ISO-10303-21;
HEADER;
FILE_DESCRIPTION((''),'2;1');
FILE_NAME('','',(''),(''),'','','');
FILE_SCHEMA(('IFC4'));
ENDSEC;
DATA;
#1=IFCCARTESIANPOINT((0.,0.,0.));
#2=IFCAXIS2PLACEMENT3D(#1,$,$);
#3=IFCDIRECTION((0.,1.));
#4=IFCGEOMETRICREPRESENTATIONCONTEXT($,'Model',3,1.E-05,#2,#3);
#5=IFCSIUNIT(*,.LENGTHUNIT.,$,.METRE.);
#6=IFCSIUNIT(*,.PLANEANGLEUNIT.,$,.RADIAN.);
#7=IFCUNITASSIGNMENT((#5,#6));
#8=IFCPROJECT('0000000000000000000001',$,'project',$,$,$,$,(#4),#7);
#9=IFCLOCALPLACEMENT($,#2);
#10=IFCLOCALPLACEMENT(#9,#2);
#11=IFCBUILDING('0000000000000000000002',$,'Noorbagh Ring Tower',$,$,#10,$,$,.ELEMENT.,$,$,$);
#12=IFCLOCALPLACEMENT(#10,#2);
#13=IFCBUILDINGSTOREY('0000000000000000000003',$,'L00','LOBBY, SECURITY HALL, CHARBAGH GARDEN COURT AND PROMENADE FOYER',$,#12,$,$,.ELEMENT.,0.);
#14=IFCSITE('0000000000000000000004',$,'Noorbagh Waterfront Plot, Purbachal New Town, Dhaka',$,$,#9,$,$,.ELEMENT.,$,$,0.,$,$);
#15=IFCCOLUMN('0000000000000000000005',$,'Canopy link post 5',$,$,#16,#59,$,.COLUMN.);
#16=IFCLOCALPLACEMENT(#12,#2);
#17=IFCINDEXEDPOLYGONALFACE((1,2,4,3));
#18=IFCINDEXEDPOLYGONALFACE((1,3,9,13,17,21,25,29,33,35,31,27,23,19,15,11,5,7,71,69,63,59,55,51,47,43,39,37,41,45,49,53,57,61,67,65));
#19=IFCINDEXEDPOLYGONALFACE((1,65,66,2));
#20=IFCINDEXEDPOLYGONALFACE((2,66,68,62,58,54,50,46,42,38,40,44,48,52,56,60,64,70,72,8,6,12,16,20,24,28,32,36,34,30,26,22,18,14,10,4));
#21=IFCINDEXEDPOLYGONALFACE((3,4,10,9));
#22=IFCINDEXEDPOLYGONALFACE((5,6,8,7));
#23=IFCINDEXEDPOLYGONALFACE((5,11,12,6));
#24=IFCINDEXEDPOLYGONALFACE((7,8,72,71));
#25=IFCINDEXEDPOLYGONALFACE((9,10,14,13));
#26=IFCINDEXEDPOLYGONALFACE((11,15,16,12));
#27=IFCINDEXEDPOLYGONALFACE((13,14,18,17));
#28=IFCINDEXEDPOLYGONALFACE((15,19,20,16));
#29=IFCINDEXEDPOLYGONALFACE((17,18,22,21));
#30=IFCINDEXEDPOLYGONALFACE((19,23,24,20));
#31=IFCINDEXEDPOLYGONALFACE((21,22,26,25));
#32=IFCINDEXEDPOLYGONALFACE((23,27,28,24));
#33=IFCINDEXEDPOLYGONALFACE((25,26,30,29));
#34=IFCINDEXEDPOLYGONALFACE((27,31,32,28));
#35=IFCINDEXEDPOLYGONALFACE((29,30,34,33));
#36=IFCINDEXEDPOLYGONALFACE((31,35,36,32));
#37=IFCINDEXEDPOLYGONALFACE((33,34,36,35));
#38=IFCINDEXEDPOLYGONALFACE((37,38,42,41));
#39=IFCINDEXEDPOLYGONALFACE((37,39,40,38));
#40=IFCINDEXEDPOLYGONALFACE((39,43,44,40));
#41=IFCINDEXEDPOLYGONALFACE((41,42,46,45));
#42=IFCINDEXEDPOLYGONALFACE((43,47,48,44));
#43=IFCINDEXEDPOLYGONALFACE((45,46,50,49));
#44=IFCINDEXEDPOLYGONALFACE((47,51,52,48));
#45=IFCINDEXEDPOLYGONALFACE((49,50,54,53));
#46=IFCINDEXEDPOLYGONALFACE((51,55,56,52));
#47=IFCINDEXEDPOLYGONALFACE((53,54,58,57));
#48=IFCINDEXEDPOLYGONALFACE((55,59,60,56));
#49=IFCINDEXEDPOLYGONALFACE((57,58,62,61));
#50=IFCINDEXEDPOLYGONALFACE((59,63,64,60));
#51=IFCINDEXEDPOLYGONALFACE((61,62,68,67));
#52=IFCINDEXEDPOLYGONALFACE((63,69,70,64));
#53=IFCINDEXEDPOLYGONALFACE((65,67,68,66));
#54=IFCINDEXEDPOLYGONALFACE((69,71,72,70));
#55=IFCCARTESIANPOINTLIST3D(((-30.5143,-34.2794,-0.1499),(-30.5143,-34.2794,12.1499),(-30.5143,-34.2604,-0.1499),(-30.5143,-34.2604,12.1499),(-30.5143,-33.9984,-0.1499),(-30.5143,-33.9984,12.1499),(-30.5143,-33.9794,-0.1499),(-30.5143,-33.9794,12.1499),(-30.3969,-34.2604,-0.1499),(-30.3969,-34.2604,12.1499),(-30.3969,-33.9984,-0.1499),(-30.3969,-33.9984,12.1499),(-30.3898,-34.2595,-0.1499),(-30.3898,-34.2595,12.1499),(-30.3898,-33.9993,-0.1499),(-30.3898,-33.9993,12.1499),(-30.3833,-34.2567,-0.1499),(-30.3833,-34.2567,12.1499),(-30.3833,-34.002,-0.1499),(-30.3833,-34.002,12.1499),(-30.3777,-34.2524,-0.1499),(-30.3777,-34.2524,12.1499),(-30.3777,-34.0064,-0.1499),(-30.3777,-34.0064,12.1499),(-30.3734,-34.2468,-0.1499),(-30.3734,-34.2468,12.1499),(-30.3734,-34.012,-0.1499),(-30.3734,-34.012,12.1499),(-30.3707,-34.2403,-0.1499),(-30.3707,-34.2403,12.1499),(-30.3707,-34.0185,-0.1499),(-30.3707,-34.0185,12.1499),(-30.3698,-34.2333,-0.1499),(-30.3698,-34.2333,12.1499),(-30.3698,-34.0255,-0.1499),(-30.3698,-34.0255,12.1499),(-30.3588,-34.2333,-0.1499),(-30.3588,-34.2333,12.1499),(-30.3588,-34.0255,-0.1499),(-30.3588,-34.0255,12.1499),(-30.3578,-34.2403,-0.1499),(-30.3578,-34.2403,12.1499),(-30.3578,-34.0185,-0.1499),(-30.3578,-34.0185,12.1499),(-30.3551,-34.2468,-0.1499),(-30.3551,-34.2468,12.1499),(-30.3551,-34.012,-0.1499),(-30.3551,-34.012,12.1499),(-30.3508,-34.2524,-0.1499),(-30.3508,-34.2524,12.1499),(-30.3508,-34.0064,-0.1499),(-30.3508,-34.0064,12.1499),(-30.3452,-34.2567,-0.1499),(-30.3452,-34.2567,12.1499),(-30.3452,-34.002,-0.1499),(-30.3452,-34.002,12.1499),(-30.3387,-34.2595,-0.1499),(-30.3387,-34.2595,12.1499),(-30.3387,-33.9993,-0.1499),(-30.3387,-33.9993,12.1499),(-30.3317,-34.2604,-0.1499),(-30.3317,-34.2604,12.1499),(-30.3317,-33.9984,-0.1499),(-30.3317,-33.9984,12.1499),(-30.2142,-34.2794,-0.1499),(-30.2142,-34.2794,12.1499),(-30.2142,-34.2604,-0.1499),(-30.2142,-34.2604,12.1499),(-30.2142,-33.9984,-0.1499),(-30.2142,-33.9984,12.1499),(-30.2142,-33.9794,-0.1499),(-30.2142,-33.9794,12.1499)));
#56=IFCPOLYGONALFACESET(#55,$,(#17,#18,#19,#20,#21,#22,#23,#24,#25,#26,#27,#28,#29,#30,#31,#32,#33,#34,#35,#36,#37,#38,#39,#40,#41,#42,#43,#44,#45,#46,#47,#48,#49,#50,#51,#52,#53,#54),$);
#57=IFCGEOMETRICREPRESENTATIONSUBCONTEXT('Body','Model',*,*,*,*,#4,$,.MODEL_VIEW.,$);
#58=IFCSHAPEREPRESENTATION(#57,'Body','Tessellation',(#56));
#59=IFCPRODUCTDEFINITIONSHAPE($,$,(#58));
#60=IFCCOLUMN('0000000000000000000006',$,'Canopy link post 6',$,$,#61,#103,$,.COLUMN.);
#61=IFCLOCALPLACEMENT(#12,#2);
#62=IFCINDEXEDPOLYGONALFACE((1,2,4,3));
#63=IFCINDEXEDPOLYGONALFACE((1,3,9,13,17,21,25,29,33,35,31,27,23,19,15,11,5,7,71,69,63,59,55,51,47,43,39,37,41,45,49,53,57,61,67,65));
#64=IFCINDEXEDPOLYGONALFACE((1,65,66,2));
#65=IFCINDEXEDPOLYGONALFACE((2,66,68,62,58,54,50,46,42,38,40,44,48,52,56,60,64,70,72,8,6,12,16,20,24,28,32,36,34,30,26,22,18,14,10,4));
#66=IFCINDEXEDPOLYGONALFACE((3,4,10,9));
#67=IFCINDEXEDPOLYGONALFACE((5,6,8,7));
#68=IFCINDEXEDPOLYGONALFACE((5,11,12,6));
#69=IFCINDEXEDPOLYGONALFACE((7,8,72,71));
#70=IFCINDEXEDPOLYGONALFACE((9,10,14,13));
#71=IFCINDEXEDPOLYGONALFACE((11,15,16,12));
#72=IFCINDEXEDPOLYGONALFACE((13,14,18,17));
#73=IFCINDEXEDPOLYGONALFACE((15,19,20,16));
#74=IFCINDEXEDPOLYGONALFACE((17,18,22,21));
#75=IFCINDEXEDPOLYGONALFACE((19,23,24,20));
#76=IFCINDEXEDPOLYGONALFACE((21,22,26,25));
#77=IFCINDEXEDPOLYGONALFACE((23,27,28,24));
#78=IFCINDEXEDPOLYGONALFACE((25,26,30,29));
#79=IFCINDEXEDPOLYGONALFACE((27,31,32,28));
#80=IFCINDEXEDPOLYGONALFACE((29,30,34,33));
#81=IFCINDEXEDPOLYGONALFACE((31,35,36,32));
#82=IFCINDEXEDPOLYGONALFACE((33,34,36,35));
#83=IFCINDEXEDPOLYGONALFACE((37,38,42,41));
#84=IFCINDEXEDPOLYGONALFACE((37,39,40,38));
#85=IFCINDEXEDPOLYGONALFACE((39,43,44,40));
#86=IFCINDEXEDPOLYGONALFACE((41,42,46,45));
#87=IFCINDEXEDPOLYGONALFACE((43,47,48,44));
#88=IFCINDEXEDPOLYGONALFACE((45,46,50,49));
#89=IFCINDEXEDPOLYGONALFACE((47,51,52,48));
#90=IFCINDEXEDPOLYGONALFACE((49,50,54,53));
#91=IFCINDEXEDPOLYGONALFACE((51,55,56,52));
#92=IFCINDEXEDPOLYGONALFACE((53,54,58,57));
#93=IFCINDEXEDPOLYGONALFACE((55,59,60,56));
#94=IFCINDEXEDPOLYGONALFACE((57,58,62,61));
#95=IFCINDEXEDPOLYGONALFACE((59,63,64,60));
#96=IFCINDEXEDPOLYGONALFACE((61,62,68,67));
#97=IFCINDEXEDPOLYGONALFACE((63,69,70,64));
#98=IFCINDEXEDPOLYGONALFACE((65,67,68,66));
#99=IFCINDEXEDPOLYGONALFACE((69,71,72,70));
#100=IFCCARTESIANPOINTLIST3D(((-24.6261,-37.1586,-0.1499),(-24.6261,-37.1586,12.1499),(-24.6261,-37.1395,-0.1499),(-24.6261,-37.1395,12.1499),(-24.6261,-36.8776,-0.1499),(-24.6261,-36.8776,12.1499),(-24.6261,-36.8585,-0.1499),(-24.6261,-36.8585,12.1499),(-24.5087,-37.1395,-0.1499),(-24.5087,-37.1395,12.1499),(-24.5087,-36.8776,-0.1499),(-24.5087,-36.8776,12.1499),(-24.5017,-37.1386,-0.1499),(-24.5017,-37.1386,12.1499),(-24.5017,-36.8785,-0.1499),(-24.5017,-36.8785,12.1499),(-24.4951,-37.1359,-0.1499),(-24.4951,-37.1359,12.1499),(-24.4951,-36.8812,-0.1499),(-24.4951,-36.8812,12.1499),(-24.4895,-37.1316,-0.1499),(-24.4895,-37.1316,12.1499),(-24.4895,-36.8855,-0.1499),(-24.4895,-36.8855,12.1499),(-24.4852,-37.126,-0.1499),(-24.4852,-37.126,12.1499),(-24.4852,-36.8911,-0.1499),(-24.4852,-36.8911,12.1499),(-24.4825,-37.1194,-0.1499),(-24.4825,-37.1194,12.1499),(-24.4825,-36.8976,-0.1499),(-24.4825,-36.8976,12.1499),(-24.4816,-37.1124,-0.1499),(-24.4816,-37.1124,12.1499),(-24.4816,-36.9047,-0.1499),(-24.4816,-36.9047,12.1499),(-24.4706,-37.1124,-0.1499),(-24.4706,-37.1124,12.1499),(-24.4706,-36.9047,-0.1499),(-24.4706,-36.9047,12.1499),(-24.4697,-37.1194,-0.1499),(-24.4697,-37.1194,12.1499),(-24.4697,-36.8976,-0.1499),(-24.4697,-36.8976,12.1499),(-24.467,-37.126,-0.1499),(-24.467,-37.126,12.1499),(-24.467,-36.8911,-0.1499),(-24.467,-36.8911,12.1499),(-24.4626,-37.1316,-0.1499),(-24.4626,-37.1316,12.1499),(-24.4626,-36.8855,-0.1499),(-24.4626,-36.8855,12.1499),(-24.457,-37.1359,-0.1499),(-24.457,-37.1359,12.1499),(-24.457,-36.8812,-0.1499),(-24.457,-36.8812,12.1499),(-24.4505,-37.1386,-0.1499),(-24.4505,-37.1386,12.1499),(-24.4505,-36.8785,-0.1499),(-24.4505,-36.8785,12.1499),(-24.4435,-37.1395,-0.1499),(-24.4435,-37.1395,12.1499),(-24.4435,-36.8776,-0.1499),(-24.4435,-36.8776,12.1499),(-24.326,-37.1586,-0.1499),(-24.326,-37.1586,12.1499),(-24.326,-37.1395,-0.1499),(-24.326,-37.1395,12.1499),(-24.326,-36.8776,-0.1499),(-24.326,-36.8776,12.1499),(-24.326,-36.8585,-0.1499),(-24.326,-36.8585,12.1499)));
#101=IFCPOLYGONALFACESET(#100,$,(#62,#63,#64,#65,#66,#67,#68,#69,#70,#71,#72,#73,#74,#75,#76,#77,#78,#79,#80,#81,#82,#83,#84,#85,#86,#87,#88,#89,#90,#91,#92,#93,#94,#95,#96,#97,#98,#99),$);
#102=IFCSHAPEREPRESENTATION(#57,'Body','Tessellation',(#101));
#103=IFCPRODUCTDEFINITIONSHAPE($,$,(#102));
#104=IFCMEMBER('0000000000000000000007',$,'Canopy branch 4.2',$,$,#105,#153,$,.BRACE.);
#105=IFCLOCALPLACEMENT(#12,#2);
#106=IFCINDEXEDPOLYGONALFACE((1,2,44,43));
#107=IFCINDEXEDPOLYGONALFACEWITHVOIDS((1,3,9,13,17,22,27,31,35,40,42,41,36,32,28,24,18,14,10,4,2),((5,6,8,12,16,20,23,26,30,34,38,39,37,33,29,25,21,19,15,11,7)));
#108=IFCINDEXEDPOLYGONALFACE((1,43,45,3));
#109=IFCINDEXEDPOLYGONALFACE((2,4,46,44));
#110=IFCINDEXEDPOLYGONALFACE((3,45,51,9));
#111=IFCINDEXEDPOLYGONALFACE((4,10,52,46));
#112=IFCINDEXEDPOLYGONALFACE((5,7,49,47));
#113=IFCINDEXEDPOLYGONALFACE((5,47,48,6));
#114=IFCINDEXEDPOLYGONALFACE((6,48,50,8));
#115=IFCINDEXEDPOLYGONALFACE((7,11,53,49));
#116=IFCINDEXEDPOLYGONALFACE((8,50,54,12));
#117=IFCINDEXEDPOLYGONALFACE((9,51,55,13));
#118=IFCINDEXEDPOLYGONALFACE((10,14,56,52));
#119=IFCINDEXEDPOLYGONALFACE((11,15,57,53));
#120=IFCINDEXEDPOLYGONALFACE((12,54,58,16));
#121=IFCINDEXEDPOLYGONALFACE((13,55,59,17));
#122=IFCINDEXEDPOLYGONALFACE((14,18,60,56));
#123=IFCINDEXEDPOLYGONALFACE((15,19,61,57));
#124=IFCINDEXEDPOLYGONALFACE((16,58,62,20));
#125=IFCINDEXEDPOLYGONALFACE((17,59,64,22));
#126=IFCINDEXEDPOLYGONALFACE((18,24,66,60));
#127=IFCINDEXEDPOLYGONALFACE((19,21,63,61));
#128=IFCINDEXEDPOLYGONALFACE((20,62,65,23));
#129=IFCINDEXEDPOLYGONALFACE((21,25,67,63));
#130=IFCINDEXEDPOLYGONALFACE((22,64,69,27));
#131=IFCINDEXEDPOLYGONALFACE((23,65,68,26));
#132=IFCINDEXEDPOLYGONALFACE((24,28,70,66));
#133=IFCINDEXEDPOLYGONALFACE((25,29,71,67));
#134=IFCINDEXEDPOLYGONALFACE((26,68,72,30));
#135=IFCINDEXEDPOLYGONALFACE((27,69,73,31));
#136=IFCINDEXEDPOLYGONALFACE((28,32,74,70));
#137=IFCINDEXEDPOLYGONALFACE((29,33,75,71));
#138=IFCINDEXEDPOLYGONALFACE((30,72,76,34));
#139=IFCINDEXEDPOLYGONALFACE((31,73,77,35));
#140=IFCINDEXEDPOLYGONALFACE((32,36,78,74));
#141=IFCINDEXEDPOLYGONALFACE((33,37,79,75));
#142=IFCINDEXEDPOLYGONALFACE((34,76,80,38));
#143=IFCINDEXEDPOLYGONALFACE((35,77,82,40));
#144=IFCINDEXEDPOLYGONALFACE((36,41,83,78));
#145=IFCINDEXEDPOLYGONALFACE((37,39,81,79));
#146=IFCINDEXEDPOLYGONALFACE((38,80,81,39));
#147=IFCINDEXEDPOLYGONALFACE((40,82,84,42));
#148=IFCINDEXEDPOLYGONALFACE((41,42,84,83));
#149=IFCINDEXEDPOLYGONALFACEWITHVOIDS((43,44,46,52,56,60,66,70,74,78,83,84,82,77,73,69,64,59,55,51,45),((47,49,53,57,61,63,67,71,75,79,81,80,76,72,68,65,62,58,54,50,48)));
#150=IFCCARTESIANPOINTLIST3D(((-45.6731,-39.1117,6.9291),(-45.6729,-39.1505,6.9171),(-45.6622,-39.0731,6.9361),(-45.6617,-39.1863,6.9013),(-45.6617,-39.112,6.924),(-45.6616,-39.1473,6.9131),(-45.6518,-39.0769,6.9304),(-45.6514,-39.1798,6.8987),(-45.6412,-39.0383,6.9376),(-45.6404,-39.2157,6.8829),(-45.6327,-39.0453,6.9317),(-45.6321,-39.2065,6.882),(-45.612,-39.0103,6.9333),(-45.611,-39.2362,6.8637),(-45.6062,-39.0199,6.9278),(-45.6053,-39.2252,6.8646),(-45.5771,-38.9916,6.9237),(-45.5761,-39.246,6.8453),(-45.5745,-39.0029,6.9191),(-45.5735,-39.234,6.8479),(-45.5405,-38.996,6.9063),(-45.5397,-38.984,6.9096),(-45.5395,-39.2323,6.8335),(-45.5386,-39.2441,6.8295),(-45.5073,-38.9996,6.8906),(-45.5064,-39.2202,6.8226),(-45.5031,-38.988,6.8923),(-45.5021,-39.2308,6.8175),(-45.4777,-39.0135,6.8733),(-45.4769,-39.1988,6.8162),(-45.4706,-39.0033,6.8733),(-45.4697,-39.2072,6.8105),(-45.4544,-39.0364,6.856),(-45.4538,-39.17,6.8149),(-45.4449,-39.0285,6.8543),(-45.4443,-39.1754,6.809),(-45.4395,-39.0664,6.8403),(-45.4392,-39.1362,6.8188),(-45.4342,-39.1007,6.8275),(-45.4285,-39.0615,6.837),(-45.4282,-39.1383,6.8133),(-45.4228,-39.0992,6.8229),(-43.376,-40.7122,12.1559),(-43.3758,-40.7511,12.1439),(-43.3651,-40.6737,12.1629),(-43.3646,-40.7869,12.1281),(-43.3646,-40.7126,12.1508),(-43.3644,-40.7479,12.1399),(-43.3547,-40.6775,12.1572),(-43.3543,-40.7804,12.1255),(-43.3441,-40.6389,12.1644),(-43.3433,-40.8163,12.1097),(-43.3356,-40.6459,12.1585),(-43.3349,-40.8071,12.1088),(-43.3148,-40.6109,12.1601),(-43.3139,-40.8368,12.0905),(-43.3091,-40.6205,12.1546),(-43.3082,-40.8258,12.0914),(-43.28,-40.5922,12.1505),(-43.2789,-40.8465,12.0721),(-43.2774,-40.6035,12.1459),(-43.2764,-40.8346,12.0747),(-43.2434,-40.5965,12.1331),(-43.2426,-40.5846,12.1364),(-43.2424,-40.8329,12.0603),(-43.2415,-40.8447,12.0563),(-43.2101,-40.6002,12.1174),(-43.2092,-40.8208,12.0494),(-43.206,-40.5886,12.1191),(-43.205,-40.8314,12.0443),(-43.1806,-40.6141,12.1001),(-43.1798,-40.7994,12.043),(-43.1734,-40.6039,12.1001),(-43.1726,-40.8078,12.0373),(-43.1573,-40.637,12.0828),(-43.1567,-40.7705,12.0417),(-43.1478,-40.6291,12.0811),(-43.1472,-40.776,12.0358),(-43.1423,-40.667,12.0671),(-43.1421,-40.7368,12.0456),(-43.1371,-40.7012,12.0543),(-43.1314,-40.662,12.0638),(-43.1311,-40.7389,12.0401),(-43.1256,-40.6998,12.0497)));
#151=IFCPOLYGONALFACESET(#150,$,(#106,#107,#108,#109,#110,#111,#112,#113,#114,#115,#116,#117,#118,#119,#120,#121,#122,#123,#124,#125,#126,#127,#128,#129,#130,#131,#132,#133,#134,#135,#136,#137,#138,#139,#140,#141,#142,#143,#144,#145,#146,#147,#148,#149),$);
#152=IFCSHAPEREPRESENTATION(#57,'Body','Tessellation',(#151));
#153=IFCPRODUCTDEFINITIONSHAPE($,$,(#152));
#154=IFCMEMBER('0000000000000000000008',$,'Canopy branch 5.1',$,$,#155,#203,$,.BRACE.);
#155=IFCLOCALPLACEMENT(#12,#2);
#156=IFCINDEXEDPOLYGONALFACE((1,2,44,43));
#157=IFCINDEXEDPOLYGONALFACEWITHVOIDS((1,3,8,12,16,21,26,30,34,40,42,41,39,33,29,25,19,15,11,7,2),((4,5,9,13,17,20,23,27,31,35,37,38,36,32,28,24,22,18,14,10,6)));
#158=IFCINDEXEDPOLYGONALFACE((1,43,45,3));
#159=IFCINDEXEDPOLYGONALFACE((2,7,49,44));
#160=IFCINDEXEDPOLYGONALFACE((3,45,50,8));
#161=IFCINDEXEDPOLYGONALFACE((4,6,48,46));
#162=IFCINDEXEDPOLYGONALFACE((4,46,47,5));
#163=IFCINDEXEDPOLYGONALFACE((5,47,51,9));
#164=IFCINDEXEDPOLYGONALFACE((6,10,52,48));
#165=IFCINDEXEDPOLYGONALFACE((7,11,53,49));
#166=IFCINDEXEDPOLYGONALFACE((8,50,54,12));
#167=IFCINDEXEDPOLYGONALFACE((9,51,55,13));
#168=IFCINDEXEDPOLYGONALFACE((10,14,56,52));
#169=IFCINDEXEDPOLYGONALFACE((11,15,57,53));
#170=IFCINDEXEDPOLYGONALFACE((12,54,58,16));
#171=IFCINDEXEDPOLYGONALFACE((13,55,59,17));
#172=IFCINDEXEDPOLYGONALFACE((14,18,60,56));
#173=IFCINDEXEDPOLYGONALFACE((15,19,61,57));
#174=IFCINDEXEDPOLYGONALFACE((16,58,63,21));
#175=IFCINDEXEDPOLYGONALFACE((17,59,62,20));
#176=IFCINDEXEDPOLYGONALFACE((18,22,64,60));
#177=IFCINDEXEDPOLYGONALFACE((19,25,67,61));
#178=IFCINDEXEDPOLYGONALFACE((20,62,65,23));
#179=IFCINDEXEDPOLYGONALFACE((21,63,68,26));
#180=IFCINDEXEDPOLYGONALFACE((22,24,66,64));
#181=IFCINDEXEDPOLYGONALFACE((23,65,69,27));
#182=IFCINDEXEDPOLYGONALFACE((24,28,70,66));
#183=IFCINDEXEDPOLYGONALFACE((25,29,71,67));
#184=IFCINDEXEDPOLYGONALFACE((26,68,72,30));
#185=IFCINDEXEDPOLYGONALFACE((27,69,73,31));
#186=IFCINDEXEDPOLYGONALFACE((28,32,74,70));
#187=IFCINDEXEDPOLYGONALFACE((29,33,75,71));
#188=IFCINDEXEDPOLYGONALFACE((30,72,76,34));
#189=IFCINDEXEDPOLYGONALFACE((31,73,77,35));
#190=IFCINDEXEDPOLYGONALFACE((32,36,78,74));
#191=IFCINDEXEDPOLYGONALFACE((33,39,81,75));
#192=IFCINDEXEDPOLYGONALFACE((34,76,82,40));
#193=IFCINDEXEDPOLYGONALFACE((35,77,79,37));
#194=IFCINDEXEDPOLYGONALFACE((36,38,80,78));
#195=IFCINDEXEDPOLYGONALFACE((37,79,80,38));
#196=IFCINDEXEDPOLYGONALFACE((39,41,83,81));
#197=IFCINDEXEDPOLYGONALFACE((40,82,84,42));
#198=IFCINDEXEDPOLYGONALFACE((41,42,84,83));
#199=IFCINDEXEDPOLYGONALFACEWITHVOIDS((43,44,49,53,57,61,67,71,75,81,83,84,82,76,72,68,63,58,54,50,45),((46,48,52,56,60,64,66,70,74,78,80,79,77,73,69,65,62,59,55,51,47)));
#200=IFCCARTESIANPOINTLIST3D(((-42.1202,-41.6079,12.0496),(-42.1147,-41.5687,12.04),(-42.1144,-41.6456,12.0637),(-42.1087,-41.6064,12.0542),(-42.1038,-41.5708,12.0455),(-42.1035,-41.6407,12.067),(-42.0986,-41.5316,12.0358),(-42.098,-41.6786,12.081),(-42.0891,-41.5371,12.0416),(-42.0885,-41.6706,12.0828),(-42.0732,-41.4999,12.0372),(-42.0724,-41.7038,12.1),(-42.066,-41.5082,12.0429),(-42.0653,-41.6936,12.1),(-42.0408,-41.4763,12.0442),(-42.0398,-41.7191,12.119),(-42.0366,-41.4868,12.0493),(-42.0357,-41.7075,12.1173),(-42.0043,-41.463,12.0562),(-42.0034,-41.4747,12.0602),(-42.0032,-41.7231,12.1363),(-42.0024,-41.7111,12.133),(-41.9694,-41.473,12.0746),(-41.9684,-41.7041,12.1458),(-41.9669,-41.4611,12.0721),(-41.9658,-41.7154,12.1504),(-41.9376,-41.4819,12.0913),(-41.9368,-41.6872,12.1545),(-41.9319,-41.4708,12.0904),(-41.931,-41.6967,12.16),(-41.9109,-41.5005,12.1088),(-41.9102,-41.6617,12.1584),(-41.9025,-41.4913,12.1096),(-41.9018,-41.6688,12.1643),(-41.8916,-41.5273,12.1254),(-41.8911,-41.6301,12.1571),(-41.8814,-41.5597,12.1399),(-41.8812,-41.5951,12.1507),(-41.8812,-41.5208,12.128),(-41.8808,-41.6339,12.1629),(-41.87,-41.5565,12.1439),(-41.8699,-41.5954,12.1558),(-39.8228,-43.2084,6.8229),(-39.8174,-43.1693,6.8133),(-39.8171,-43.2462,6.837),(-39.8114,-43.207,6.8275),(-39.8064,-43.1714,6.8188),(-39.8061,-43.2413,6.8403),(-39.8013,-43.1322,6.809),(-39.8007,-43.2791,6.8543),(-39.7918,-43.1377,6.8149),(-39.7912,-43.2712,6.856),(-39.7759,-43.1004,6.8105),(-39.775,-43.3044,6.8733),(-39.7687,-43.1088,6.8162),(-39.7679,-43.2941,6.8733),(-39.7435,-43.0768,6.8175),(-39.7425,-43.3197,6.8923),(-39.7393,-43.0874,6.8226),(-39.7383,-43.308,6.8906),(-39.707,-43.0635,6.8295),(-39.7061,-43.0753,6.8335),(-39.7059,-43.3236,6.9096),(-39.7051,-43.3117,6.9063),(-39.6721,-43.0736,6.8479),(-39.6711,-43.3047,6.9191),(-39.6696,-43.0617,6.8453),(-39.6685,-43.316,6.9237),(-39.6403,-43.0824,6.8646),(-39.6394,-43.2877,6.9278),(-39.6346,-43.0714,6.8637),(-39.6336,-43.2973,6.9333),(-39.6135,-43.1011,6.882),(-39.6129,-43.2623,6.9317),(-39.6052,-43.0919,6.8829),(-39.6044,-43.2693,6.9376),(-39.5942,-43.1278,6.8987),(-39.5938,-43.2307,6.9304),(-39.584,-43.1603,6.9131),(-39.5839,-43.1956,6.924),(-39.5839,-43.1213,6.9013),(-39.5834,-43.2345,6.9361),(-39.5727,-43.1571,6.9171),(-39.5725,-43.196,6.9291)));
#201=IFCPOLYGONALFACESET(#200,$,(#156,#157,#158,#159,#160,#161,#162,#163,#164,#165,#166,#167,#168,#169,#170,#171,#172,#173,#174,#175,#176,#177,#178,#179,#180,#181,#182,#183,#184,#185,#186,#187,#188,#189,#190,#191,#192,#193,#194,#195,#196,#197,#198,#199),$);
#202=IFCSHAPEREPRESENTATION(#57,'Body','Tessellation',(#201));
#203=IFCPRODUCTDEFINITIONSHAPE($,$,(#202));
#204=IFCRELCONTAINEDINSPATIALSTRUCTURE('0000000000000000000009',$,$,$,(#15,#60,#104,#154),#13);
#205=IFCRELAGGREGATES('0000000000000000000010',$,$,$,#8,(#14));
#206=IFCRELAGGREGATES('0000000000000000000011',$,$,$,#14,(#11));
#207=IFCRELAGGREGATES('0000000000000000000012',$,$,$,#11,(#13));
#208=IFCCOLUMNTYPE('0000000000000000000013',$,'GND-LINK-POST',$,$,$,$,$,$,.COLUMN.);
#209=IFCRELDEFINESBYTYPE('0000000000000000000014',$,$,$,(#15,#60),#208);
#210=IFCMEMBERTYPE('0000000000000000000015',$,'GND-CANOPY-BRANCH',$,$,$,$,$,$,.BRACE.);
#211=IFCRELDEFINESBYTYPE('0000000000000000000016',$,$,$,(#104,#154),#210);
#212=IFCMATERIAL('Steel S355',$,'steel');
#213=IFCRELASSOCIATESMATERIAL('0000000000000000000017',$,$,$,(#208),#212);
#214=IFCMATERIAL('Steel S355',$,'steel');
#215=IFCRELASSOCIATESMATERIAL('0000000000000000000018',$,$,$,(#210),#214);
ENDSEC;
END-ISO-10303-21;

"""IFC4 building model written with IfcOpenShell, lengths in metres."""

from ifc_helpers import new_model, si_unit, direction, frame, origin, origin_2d, place, context, subcontext, project, spatial, hollow_circle, i_section, extrude, material, material_profile, profile_set, type_object, element, save


model = new_model("IFC4")

# Units and contexts
model_context = context("Model", 3, precision=1e-05, world=origin(), true_north=direction((0.0, 1.0)))
body_context = subcontext(model_context, "Body", "Model", "MODEL_VIEW")
ifc_project = project(units=[si_unit("LENGTHUNIT", "METRE"), si_unit("PLANEANGLEUNIT", "RADIAN")], contexts=[model_context])

# Site, building, storey
site_placement = place(None, origin())
site = spatial("IfcSite", under=ifc_project, at=site_placement, Name="Noorbagh Waterfront Plot, Purbachal New Town, Dhaka", CompositionType="ELEMENT", RefElevation=0.0)
building_placement = place(site_placement, origin())
building = spatial("IfcBuilding", under=site, at=building_placement, Name="Noorbagh Ring Tower", CompositionType="ELEMENT")
storey_placement = place(building_placement, origin())
storey = spatial("IfcBuildingStorey", under=building, at=storey_placement, Name="L00", Description="LOBBY, SECURITY HALL, CHARBAGH GARDEN COURT AND PROMENADE FOYER", CompositionType="ELEMENT", Elevation=0.0)

# Columns
ifc_material_1 = material(Name="Steel S355", Category="steel")
ifc_material_profile_1 = material_profile(ifc_material_1, i_section(OverallWidth=0.3, OverallDepth=0.3, WebThickness=0.011, FlangeThickness=0.019, FilletRadius=0.0271, at=origin_2d()), Name="HEB300")
ifc_profile_set_1 = profile_set([ifc_material_profile_1], Name="Steel S355")
column_type_1 = type_object("IfcColumnType", Name="GND-LINK-POST", PredefinedType="COLUMN", material=ifc_profile_set_1)
for number, where, z_axis, x_axis, name in (
    (1, (-30.3643, -34.1294, -0.1499), (0.0, 0.0, 1.0), (1.0, 0.0, 0.0), "Canopy link post 5"),
    (2, (-24.4761, -37.0085, -0.1499), (0.0, 0.0, 1.0), (1.0, 0.0, 0.0), "Canopy link post 6"),
):
    element("IfcColumn", number, at=place(storey_placement, frame(where, z_axis=z_axis, x_axis=x_axis)), inside=storey, type_object=column_type_1, Name=name, PredefinedType="COLUMN", context=body_context, shape_type="SweptSolid", body=[
        extrude(i_section(OverallWidth=0.3, OverallDepth=0.3, WebThickness=0.011, FlangeThickness=0.019, FilletRadius=0.0271, at=origin_2d()), origin(), (0.0, 0.0, 1.0), 12.2998),
    ])

# Members
ifc_material_2 = material(Name="Steel S355", Category="steel")
ifc_material_profile_2 = material_profile(ifc_material_2, hollow_circle(Radius=0.1365, WallThickness=0.0125, at=origin_2d()), Name="CHS273x12.5")
ifc_profile_set_2 = profile_set([ifc_material_profile_2], Name="Steel S355")
member_type = type_object("IfcMemberType", Name="GND-CANOPY-BRANCH", PredefinedType="BRACE", material=ifc_profile_set_2)
for number, where, z_axis, x_axis, name in (
    (3, (-45.5486, -39.1152, 6.8733), (0.38741, -0.269939, 0.881502), (0.571688, 0.820471, 0.0), "Canopy branch 4.2"),
    (4, (-39.697, -43.1924, 6.8733), (-0.387445, 0.269935, 0.881488), (-0.571647, -0.8205, 0.0), "Canopy branch 5.1"),
):
    element("IfcMember", number, at=place(storey_placement, frame(where, z_axis=z_axis, x_axis=x_axis)), inside=storey, type_object=member_type, Name=name, PredefinedType="BRACE", context=body_context, shape_type="SweptSolid", body=[
        extrude(hollow_circle(Radius=0.1365, WallThickness=0.0125, at=origin_2d()), origin(), (0.0, 0.0, 1.0), 5.9294),
    ])

save(model, "model.ifc")
